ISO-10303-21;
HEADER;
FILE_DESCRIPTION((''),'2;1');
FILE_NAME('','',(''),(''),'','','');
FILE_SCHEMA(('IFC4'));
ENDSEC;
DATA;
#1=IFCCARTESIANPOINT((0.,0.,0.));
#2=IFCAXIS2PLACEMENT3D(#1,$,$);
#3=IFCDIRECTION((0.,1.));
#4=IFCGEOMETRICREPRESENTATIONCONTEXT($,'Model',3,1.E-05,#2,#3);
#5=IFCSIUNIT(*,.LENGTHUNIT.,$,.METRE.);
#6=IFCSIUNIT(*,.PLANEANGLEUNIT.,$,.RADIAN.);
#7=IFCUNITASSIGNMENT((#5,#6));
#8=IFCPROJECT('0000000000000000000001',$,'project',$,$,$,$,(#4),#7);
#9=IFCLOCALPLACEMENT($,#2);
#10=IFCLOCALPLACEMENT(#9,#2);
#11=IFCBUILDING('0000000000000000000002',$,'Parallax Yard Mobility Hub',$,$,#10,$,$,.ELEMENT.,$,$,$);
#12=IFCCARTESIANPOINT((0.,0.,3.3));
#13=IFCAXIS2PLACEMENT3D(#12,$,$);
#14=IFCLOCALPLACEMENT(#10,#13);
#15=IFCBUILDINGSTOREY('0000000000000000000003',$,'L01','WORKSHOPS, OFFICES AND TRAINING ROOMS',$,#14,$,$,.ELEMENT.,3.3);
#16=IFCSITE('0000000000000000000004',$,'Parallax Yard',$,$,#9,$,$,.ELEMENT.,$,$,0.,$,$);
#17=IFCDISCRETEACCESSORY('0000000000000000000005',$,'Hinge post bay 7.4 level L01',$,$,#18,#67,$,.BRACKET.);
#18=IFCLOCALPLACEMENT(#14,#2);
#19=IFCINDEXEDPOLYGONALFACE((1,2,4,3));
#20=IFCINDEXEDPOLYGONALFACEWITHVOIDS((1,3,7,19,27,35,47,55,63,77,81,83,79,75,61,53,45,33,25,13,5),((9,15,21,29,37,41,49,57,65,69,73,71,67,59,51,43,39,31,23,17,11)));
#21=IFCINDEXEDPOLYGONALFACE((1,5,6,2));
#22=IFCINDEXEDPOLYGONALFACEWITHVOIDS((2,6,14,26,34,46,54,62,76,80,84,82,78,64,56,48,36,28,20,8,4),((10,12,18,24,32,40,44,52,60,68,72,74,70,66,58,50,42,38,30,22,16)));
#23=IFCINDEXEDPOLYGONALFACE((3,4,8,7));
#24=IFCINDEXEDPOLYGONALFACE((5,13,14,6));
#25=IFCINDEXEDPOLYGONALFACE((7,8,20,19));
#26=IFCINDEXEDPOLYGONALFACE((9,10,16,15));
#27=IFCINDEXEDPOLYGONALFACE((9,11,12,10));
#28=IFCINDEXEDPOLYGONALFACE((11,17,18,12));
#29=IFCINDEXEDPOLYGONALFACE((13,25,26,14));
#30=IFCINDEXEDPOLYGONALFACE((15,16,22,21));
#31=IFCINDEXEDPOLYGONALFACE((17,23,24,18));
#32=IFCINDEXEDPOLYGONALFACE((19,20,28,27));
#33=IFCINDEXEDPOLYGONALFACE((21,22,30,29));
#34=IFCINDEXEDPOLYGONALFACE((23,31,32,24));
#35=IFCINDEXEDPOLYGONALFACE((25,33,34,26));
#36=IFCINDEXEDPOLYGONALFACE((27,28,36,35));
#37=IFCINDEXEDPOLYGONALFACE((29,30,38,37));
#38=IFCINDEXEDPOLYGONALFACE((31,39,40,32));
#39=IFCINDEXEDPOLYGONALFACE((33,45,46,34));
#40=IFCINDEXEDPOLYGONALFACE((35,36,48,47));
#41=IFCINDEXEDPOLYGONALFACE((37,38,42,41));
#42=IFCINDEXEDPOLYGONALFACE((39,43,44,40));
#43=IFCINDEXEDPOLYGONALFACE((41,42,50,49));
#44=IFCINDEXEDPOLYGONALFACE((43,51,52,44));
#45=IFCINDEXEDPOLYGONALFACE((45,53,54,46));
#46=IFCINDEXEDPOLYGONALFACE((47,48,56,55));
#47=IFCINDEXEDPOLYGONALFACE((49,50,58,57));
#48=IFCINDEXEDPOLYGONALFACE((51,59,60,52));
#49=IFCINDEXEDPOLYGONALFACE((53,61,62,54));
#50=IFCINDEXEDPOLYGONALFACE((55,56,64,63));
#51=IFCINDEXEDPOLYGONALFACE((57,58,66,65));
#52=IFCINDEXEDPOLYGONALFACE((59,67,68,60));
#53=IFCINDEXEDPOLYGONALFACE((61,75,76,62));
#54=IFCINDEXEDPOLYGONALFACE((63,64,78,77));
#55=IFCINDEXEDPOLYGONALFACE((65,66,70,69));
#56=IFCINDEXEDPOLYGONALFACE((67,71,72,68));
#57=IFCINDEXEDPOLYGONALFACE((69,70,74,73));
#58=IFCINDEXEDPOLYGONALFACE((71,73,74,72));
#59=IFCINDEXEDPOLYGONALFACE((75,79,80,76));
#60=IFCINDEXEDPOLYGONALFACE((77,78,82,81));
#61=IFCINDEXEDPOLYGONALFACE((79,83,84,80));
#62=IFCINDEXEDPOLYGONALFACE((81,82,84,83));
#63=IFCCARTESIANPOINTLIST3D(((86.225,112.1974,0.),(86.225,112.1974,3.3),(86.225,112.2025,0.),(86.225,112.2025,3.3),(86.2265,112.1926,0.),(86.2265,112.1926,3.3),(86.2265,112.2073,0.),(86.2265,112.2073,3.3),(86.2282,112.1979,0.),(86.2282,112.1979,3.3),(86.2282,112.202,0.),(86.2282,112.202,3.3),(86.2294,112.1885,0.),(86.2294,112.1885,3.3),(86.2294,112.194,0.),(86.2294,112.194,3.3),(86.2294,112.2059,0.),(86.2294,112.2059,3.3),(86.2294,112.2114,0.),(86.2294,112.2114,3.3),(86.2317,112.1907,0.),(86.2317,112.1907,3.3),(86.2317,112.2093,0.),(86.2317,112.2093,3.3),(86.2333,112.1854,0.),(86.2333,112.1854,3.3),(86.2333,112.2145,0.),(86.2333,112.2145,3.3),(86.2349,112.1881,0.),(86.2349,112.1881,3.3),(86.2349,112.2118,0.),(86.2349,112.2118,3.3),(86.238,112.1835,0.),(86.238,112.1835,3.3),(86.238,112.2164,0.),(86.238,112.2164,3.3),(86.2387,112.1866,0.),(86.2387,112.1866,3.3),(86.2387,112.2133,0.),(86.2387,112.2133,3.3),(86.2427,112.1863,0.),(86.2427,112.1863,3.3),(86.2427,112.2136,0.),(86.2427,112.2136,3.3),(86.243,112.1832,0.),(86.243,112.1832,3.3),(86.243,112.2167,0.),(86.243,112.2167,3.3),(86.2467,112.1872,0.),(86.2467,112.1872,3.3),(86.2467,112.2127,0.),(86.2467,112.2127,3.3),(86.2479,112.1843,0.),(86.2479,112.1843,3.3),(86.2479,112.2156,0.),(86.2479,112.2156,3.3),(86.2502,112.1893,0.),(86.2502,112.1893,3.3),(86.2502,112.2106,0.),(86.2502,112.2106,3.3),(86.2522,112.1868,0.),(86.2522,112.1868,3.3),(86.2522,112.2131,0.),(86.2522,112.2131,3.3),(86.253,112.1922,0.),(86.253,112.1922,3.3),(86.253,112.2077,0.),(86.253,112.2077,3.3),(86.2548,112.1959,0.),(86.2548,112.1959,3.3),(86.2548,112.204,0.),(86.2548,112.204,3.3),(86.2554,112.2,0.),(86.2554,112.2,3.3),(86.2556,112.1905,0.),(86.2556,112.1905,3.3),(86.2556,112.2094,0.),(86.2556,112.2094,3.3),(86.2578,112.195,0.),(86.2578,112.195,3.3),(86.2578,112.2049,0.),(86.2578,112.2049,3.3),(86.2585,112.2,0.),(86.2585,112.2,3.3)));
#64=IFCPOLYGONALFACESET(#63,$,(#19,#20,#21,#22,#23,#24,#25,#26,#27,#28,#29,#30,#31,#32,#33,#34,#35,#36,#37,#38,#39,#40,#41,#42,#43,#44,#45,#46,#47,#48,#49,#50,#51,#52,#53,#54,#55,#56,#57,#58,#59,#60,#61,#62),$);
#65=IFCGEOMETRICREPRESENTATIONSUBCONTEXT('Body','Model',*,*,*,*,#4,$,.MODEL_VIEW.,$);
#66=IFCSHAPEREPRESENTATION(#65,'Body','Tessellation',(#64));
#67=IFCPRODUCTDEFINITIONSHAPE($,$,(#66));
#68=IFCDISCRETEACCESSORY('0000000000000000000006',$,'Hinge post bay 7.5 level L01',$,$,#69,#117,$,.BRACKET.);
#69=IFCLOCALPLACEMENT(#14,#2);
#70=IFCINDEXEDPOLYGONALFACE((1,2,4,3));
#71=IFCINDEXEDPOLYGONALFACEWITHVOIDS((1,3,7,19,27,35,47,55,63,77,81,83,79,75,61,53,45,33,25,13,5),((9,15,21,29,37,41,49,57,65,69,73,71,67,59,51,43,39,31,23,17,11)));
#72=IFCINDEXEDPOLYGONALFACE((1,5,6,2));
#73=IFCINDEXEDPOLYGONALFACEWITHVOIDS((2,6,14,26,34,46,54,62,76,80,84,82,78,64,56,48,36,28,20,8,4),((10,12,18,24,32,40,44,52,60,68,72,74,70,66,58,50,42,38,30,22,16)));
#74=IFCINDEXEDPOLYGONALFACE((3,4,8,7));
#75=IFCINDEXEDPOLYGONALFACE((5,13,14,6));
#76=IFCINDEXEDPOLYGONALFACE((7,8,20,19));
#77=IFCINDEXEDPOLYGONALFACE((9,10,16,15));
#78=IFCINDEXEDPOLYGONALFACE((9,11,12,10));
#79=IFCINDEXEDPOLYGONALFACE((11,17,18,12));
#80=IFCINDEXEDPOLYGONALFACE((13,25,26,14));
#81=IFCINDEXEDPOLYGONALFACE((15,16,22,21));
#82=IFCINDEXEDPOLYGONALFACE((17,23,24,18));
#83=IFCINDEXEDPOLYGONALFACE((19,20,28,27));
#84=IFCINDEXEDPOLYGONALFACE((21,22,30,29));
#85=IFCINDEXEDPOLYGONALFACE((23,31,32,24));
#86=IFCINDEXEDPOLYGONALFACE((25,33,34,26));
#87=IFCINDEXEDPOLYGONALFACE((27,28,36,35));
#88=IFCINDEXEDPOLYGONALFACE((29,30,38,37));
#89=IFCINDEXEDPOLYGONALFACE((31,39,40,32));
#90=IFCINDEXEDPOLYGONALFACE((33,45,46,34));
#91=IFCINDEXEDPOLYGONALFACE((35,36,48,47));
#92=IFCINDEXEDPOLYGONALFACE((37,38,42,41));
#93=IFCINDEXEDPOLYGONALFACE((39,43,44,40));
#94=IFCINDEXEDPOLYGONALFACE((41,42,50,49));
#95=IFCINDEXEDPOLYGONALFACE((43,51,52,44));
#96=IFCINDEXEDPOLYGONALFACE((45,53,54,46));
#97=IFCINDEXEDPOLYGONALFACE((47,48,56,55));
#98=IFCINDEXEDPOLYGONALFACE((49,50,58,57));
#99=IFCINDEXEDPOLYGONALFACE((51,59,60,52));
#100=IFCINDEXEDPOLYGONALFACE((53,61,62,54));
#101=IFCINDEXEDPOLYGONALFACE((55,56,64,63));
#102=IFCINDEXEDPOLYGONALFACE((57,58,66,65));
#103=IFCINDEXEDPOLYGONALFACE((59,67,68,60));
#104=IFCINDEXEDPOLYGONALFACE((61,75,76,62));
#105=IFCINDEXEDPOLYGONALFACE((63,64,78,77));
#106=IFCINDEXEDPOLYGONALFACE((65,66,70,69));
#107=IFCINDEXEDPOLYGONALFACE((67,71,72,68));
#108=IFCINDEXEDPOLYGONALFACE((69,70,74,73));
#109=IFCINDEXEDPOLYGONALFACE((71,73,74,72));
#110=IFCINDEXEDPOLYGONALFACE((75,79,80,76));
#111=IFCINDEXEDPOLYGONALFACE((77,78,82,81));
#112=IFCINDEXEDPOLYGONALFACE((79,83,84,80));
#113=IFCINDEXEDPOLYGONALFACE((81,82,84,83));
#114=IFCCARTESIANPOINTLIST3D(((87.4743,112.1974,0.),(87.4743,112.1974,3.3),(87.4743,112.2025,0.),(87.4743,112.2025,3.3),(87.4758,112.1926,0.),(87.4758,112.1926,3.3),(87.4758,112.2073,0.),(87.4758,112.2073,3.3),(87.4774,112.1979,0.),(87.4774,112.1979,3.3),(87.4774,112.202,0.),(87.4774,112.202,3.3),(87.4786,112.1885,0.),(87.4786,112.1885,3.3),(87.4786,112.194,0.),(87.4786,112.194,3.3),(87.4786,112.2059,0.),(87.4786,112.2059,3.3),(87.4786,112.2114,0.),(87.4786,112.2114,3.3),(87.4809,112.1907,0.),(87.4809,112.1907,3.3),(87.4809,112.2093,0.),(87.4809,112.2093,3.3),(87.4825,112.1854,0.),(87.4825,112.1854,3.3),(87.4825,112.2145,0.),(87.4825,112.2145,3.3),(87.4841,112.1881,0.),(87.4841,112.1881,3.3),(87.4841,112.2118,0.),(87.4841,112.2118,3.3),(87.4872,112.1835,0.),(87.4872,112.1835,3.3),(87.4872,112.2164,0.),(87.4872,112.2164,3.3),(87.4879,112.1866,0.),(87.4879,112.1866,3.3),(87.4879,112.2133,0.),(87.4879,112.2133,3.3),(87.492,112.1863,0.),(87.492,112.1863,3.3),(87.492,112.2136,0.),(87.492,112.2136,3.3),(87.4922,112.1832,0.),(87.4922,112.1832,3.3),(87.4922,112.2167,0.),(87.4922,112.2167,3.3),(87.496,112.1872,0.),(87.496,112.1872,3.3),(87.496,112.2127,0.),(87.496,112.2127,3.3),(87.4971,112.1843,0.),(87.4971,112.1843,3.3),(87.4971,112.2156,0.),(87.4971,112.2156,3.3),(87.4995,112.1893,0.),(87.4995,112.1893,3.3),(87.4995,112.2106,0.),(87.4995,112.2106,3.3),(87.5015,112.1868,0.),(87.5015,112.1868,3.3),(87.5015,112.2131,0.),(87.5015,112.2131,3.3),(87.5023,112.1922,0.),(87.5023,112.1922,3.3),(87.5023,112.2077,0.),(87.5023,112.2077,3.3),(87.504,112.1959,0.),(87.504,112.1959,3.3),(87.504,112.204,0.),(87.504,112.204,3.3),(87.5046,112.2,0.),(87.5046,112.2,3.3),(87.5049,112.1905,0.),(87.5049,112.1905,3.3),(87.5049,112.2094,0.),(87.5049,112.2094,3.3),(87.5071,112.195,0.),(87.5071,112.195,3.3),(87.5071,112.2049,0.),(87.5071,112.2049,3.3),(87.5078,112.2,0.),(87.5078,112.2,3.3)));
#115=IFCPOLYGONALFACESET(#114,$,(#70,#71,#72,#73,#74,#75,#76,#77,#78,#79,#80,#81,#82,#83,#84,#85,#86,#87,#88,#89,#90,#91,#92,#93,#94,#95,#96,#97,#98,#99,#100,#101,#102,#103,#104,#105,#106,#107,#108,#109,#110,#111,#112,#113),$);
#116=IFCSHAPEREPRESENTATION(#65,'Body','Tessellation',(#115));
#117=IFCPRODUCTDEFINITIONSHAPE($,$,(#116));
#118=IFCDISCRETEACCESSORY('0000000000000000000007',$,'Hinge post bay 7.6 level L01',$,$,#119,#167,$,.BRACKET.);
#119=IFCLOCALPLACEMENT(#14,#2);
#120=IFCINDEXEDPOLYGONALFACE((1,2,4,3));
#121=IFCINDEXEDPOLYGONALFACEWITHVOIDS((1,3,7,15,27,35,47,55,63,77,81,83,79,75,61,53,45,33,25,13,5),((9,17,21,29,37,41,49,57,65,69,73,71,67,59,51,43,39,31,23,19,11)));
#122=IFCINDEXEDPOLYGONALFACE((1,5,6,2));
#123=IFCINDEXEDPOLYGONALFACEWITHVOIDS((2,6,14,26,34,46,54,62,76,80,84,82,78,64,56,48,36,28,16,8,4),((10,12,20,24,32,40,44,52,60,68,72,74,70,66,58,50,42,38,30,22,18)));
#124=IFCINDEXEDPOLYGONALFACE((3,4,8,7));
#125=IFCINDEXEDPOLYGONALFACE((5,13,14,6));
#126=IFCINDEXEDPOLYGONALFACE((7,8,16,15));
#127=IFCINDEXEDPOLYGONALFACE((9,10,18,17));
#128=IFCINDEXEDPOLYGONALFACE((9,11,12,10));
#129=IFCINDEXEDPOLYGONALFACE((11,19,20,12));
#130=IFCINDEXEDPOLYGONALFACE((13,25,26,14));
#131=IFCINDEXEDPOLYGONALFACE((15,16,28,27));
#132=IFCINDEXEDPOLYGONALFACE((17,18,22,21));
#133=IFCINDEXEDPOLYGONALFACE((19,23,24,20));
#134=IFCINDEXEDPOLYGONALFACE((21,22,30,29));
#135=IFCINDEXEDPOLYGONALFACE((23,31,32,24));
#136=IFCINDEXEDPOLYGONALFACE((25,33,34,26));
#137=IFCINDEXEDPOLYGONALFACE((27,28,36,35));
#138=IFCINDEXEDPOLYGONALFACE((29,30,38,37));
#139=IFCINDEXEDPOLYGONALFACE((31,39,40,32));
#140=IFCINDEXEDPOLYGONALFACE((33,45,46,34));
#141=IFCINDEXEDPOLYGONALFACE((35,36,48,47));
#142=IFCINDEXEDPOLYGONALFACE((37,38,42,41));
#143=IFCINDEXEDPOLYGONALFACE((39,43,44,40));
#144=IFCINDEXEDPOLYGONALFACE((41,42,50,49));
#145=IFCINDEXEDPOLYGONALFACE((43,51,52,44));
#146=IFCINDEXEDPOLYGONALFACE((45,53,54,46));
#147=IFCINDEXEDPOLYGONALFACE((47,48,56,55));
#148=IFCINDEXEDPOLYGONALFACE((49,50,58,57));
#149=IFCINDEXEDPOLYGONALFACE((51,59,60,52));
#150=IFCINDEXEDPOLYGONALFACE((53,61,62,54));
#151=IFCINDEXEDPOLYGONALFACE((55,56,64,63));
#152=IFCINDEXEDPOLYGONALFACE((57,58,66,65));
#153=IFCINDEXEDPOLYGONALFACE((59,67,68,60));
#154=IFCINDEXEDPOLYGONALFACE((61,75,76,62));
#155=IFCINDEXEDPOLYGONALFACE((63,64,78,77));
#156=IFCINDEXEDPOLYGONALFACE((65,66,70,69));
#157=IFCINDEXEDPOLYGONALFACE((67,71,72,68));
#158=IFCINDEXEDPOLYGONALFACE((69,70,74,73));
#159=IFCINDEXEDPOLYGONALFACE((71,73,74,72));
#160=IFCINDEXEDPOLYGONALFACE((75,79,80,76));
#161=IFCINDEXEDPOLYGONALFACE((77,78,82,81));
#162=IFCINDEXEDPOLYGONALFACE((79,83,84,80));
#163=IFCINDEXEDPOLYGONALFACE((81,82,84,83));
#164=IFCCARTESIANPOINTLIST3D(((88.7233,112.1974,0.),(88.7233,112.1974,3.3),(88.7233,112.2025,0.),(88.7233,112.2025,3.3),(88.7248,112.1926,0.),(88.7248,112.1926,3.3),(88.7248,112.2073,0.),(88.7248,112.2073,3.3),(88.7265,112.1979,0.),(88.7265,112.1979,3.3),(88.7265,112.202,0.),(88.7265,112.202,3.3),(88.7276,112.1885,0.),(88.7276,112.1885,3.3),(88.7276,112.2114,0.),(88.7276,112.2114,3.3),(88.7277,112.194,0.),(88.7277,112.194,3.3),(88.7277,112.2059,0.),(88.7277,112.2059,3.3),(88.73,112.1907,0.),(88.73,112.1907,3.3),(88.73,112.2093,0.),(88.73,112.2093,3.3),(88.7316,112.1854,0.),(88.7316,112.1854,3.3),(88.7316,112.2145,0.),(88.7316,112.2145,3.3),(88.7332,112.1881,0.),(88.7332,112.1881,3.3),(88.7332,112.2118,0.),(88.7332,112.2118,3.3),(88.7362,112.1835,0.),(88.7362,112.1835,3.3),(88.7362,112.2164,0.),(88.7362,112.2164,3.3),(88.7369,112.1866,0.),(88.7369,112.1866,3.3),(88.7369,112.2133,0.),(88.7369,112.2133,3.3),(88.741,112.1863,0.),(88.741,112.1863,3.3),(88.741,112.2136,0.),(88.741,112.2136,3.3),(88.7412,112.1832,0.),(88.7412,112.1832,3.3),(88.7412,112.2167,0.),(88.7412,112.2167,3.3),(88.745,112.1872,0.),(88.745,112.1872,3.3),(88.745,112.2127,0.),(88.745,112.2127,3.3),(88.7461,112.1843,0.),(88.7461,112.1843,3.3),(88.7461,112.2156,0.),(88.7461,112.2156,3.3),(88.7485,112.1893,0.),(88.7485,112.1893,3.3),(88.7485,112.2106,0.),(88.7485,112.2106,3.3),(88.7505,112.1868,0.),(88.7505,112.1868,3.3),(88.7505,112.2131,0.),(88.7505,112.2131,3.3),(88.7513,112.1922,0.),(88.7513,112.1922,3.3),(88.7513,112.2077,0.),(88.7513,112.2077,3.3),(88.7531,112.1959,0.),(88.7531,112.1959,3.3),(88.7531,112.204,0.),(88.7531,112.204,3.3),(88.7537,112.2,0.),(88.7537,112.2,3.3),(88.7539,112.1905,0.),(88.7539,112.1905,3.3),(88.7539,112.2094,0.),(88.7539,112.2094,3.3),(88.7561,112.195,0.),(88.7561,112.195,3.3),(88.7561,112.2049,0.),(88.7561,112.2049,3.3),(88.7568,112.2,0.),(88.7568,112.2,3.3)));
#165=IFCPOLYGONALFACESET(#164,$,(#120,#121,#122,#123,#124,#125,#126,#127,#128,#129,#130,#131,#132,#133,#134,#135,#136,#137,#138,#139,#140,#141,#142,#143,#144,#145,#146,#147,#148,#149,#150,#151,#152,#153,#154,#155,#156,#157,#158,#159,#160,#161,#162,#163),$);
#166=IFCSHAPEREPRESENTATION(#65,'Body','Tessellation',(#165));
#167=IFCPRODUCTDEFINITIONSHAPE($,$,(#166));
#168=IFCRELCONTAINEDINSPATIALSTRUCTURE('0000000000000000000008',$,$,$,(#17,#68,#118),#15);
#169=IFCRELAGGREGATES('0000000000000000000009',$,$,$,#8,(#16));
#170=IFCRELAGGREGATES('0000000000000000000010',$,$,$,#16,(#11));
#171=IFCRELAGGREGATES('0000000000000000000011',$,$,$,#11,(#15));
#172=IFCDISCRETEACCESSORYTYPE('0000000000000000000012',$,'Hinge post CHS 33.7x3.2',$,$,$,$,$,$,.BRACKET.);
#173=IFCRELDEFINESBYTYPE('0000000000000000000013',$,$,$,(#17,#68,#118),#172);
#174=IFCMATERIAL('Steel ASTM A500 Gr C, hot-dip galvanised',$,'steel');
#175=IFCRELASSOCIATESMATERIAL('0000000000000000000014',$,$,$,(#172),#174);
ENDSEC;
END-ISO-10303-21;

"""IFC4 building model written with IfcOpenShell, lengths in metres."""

from ifc_helpers import new_model, si_unit, direction, frame, origin, origin_2d, place, context, subcontext, project, spatial, hollow_circle, extrude, material, material_profile, profile_set, type_object, element, save


model = new_model("IFC4")

# Units and contexts
model_context = context("Model", 3, precision=1e-05, world=origin(), true_north=direction((0.0, 1.0)))
body_context = subcontext(model_context, "Body", "Model", "MODEL_VIEW")
ifc_project = project(units=[si_unit("LENGTHUNIT", "METRE"), si_unit("PLANEANGLEUNIT", "RADIAN")], contexts=[model_context])

# Site, building, storey
site_placement = place(None, origin())
site = spatial("IfcSite", under=ifc_project, at=site_placement, Name="Parallax Yard", CompositionType="ELEMENT", RefElevation=0.0)
building_placement = place(site_placement, origin())
building = spatial("IfcBuilding", under=site, at=building_placement, Name="Parallax Yard Mobility Hub", CompositionType="ELEMENT")
storey_placement = place(building_placement, frame((0.0, 0.0, 3.3)))
storey = spatial("IfcBuildingStorey", under=building, at=storey_placement, Name="L01", Description="WORKSHOPS, OFFICES AND TRAINING ROOMS", CompositionType="ELEMENT", Elevation=3.3)

# Discrete accessories
ifc_material_1 = material(Name="Steel ASTM A500 Gr C, hot-dip galvanised", Category="steel")
ifc_material_profile_1 = material_profile(ifc_material_1, hollow_circle(Radius=0.0168, WallThickness=0.0032, at=origin_2d()), Name="CHS 33.7x3.2")
ifc_profile_set_1 = profile_set([ifc_material_profile_1], Name="Steel ASTM A500 Gr C, hot-dip galvanised")
discrete_accessory_type_1 = type_object("IfcDiscreteAccessoryType", Name="Hinge post CHS 33.7x3.2", PredefinedType="BRACKET", material=ifc_profile_set_1)
for number, where, z_axis, x_axis, name in (
    (1, (86.2417, 112.2, 0.0), (0.0, 0.0, 1.0), (1.0, 0.0, 0.0), "Hinge post bay 7.4 level L01"),
    (2, (87.491, 112.2, 0.0), (0.0, 0.0, 1.0), (1.0, 0.0, 0.0), "Hinge post bay 7.5 level L01"),
    (3, (88.74, 112.2, 0.0), (0.0, 0.0, 1.0), (1.0, 0.0, 0.0), "Hinge post bay 7.6 level L01"),
):
    element("IfcDiscreteAccessory", number, at=place(storey_placement, frame(where, z_axis=z_axis, x_axis=x_axis)), inside=storey, type_object=discrete_accessory_type_1, Name=name, PredefinedType="BRACKET", context=body_context, shape_type="SweptSolid", body=[
        extrude(hollow_circle(Radius=0.0168, WallThickness=0.0032, at=origin_2d()), origin(), (0.0, 0.0, 1.0), 3.3),
    ])

save(model, "model.ifc")
